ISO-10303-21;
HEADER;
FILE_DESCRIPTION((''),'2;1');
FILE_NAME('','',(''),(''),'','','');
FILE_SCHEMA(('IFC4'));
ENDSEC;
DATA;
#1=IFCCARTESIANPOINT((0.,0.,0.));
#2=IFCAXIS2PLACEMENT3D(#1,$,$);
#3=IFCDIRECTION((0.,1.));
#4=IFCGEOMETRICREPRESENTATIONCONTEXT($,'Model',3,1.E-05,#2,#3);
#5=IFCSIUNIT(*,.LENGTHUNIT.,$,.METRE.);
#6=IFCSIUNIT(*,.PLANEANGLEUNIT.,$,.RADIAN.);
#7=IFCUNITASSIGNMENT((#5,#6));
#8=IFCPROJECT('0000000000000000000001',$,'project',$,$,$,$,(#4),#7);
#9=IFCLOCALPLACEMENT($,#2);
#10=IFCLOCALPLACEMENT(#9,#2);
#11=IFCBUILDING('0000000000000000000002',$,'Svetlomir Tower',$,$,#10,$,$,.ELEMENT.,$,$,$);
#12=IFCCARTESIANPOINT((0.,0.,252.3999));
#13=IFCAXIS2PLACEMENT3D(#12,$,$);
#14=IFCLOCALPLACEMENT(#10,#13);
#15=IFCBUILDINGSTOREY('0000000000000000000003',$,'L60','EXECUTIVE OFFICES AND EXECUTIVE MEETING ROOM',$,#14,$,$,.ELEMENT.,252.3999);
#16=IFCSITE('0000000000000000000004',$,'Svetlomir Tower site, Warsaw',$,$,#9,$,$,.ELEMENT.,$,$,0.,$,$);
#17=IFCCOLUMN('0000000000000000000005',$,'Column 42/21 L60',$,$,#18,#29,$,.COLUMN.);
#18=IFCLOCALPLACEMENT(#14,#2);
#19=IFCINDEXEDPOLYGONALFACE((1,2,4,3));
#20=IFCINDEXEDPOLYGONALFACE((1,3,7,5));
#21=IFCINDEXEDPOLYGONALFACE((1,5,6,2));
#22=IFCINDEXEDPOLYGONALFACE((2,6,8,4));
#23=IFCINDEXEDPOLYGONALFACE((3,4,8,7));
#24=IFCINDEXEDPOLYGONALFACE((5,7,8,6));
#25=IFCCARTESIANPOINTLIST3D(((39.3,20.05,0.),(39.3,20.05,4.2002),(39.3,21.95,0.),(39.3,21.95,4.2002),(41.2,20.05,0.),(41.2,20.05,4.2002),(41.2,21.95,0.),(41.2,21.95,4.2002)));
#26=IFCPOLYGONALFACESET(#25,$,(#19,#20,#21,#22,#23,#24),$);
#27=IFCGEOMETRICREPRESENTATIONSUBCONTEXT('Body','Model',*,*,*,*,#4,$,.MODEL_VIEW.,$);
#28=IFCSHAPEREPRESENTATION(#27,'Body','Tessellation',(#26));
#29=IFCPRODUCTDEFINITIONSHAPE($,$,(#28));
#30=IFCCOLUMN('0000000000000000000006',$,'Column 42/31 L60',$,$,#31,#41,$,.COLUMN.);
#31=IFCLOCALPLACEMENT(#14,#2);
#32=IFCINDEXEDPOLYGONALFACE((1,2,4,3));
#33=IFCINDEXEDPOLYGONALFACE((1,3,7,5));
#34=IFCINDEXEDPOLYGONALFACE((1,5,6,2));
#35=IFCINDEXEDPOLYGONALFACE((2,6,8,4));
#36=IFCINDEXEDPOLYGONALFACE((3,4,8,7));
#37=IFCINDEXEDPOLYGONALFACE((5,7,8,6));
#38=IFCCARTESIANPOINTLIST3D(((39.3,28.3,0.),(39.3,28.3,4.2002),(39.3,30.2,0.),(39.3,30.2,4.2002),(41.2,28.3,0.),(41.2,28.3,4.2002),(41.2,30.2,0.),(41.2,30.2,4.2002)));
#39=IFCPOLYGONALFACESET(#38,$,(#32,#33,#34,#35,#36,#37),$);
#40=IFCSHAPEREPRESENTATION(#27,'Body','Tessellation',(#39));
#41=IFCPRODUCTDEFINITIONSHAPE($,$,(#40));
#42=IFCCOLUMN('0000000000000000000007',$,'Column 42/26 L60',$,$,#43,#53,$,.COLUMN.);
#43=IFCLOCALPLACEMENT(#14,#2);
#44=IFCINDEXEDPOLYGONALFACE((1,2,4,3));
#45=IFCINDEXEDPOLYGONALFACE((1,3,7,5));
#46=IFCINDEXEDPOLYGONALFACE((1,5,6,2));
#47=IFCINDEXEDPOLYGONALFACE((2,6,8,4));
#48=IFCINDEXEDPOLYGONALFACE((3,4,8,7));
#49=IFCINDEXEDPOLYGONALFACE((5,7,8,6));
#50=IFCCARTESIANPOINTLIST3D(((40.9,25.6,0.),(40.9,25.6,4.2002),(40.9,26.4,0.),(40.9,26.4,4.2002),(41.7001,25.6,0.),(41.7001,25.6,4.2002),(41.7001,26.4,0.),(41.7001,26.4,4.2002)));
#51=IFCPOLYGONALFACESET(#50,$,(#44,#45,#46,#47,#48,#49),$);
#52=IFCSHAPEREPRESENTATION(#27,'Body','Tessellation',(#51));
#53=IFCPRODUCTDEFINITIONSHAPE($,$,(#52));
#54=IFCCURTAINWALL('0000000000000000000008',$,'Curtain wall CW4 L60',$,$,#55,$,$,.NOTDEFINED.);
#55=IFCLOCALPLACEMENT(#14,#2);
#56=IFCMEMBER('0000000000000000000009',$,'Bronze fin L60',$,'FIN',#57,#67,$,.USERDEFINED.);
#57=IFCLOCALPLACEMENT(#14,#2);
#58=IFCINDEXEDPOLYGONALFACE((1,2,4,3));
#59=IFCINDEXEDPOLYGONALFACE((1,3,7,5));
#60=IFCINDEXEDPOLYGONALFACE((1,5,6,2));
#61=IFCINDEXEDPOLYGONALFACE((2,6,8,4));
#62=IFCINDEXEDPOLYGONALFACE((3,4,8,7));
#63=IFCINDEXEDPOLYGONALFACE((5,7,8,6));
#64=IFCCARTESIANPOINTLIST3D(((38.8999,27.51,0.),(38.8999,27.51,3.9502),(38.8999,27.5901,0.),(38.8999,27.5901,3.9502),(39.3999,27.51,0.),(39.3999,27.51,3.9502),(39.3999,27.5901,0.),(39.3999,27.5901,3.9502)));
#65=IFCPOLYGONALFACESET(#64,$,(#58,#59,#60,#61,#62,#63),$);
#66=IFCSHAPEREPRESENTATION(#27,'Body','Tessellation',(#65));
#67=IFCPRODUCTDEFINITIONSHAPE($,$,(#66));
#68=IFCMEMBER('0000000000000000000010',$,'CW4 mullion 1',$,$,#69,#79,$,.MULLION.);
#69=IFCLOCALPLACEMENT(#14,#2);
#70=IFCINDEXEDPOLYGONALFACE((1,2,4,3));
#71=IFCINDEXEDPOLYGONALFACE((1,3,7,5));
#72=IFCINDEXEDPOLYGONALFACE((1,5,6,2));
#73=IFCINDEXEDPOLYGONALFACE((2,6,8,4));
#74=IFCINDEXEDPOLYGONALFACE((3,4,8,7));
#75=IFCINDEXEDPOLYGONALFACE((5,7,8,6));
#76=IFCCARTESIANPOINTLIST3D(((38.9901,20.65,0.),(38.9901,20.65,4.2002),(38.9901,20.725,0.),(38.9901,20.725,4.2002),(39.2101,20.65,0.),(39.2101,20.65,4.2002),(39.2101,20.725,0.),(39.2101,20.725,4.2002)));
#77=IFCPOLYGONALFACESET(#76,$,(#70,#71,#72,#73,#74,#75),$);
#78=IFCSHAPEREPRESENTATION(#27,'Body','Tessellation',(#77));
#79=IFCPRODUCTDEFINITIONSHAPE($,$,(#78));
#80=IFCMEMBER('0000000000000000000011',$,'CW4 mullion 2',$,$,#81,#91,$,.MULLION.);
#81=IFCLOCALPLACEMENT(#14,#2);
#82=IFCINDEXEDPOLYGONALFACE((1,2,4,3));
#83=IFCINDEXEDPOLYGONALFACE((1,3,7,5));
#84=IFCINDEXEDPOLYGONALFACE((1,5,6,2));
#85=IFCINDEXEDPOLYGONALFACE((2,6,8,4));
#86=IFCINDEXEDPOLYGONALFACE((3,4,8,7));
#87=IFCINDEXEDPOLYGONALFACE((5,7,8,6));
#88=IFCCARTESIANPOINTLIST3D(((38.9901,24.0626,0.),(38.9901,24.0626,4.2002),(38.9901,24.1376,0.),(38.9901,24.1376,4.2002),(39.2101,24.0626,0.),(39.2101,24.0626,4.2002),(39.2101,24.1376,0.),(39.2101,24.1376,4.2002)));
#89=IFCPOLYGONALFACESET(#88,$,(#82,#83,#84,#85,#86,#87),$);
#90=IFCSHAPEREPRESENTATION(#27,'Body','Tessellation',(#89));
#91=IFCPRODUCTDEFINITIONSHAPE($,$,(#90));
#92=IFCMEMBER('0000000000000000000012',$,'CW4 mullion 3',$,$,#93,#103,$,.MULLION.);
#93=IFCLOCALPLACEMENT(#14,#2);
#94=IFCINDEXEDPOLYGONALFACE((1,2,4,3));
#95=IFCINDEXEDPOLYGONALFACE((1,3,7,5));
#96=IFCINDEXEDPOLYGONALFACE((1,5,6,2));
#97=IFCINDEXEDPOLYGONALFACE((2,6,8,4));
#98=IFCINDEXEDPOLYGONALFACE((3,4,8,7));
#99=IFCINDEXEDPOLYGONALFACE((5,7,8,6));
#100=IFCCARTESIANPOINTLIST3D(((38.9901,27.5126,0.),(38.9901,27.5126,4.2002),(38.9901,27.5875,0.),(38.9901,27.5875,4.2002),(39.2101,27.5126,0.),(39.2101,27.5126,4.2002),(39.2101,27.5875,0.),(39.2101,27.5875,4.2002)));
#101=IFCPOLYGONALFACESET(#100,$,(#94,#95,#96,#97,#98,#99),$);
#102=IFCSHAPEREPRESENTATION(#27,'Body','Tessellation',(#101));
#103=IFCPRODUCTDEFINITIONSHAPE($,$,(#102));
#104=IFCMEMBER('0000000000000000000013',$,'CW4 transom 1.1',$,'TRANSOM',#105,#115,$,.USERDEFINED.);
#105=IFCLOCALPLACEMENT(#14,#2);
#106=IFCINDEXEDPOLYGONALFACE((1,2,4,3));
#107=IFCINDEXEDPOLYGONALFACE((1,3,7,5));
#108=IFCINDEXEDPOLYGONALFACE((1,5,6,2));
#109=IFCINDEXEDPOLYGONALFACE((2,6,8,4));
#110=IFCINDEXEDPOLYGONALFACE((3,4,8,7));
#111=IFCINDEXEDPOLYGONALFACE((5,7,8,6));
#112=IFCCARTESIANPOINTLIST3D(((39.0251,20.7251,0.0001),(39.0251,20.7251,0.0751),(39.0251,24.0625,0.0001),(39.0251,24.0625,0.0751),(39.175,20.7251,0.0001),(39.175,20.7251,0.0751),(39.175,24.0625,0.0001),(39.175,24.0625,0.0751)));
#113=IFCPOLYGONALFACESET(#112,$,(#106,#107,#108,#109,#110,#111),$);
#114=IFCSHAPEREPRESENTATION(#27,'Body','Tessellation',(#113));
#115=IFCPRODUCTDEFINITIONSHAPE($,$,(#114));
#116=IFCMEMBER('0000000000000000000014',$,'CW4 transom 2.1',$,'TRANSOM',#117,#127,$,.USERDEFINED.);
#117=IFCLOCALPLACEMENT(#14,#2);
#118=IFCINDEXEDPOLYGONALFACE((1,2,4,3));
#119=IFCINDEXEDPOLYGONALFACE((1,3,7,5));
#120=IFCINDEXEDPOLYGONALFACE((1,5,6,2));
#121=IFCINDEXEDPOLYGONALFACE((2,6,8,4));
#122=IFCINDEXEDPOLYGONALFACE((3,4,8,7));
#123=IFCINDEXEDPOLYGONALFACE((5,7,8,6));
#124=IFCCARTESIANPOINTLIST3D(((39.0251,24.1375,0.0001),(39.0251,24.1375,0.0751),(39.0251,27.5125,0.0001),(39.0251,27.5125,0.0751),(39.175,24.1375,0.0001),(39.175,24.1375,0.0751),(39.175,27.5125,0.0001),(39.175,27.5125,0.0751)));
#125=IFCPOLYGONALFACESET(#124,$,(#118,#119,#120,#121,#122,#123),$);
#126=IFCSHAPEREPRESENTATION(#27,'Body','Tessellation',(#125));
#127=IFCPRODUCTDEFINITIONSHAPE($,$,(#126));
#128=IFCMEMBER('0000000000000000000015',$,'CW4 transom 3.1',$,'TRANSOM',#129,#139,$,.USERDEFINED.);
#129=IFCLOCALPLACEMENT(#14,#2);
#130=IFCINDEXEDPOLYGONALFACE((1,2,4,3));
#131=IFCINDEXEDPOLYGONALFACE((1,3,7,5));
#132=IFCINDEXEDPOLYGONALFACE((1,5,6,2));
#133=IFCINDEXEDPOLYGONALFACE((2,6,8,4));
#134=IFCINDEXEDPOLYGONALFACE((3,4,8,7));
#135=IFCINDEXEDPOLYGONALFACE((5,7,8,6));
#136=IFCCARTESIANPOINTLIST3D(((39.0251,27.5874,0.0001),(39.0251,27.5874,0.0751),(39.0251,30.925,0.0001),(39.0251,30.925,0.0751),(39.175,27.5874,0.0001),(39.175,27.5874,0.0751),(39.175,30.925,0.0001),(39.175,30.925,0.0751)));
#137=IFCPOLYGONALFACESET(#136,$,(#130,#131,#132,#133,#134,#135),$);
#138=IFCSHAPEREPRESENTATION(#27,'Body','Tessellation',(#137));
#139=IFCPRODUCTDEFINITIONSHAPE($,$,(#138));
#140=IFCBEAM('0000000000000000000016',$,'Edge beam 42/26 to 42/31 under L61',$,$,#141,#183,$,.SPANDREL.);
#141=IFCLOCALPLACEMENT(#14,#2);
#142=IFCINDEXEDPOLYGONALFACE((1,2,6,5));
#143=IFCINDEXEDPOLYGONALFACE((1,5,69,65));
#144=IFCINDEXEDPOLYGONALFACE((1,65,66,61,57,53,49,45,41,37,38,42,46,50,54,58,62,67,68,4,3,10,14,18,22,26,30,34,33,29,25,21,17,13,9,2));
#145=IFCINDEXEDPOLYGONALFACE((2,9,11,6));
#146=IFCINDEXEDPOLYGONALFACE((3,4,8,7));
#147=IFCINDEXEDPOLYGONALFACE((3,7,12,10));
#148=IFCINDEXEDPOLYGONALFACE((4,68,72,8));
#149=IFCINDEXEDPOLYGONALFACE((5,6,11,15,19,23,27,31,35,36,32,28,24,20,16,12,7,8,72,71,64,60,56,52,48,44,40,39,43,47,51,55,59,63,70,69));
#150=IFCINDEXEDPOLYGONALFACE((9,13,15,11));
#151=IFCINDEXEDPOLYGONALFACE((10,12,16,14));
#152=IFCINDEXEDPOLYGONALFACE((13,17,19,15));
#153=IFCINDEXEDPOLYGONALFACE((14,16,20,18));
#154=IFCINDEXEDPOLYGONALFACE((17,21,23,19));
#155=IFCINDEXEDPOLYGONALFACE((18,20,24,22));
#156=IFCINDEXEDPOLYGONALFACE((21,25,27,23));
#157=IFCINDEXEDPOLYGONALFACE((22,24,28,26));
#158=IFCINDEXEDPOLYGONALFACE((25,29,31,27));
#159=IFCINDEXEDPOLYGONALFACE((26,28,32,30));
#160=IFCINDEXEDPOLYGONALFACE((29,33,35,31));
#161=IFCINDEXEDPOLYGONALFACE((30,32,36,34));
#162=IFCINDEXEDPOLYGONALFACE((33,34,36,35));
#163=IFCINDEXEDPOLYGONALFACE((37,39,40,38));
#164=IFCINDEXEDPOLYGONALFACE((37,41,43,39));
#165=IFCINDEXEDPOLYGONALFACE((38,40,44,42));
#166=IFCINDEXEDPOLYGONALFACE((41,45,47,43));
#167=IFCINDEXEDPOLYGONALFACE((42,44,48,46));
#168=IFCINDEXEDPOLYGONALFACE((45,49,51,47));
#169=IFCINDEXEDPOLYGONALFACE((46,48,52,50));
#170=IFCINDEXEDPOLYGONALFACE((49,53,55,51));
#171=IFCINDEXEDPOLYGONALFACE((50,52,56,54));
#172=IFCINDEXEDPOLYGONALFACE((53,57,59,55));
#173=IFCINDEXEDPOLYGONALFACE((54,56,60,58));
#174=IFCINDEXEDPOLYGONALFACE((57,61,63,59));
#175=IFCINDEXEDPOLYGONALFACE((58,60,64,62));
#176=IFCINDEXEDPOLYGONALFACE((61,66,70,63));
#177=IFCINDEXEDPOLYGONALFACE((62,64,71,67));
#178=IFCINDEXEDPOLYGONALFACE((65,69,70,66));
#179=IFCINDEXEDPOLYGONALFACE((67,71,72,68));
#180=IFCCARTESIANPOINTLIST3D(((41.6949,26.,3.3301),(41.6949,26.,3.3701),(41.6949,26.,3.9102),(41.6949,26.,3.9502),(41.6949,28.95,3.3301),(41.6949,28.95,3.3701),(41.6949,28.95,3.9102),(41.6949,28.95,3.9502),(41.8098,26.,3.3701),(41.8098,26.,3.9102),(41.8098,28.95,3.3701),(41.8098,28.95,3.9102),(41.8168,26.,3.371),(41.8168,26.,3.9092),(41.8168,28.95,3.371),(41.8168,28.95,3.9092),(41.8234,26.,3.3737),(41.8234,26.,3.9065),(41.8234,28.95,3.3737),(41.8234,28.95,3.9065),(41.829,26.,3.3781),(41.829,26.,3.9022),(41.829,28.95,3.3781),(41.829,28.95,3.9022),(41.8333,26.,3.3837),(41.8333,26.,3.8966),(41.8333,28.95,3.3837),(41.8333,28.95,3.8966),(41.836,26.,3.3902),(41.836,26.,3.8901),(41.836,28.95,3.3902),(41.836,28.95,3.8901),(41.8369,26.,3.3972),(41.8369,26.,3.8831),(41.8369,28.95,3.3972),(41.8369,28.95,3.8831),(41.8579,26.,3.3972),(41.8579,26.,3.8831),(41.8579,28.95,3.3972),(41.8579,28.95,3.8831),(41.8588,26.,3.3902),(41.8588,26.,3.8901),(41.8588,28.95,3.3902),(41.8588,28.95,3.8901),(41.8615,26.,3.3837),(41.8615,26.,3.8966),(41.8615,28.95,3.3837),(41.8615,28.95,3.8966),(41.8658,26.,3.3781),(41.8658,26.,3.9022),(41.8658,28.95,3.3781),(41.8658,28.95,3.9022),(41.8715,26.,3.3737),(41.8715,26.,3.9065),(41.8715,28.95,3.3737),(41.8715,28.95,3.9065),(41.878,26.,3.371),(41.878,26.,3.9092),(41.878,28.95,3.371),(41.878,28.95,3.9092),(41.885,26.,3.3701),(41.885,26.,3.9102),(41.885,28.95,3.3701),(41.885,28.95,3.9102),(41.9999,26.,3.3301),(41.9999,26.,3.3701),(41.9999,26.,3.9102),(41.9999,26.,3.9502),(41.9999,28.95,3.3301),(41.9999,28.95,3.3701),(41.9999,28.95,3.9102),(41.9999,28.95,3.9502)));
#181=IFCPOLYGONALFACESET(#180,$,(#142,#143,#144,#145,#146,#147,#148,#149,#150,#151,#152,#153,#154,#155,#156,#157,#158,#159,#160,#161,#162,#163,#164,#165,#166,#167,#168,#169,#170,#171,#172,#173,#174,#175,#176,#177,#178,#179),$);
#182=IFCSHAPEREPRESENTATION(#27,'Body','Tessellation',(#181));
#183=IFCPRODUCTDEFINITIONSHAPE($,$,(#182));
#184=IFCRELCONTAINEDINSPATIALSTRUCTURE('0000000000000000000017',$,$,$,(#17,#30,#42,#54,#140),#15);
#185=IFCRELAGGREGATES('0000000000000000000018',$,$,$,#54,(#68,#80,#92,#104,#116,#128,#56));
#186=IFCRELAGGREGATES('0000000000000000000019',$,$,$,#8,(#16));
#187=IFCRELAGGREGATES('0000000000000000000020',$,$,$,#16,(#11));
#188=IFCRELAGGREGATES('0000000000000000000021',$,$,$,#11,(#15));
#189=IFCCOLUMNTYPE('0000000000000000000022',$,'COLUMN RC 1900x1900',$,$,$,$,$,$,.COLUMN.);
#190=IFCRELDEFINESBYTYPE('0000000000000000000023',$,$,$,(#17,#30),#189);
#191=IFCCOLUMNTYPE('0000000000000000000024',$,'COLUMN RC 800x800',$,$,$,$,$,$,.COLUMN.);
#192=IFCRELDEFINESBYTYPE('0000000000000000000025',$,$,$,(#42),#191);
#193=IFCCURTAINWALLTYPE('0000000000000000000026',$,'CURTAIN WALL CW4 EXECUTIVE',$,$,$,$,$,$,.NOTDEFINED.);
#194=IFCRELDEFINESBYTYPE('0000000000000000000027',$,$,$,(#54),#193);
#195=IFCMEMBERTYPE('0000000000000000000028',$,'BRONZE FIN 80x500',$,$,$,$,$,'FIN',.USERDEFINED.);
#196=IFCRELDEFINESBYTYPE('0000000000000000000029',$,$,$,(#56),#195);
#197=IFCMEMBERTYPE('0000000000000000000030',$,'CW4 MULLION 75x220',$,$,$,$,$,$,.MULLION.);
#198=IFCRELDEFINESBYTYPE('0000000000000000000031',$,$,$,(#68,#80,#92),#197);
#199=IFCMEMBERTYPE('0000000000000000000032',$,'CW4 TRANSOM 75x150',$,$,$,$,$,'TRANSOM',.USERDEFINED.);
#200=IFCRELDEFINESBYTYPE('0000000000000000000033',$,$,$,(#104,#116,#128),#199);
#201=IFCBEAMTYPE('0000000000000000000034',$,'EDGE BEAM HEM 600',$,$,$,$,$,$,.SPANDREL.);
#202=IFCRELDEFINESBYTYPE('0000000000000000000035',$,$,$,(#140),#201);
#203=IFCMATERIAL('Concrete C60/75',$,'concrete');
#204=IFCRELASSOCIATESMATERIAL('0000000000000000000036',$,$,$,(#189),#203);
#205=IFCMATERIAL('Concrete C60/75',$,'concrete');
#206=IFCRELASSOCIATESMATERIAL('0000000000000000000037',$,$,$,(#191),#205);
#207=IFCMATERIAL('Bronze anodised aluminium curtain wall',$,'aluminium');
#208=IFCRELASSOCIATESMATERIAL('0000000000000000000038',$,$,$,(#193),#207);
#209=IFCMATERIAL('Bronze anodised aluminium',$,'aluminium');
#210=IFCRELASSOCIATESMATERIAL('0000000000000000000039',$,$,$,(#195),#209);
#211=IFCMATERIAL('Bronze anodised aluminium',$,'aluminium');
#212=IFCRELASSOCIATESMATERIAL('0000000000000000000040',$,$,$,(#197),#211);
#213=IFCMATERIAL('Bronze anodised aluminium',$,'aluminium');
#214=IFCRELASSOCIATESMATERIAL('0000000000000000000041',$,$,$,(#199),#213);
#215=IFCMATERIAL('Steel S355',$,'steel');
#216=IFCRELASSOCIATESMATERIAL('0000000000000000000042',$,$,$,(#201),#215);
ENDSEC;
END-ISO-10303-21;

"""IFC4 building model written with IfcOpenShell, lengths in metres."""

from ifc_helpers import new_model, si_unit, direction, frame, origin, origin_2d, place, context, subcontext, project, spatial, rectangle, i_section, extrude, material, material_profile, profile_set, type_object, element, aggregate, save


model = new_model("IFC4")

# Units and contexts
model_context = context("Model", 3, precision=1e-05, world=origin(), true_north=direction((0.0, 1.0)))
body_context = subcontext(model_context, "Body", "Model", "MODEL_VIEW")
ifc_project = project(units=[si_unit("LENGTHUNIT", "METRE"), si_unit("PLANEANGLEUNIT", "RADIAN")], contexts=[model_context])

# Site, building, storey
site_placement = place(None, origin())
site = spatial("IfcSite", under=ifc_project, at=site_placement, Name="Svetlomir Tower site, Warsaw", CompositionType="ELEMENT", RefElevation=0.0)
building_placement = place(site_placement, origin())
building = spatial("IfcBuilding", under=site, at=building_placement, Name="Svetlomir Tower", CompositionType="ELEMENT")
storey_placement = place(building_placement, frame((0.0, 0.0, 252.3999)))
storey = spatial("IfcBuildingStorey", under=building, at=storey_placement, Name="L60", Description="EXECUTIVE OFFICES AND EXECUTIVE MEETING ROOM", CompositionType="ELEMENT", Elevation=252.3999)

# Columns
ifc_material_1 = material(Name="Concrete C60/75", Category="concrete")
ifc_material_profile_1 = material_profile(ifc_material_1, rectangle(XDim=1.8999, YDim=1.8999, at=origin_2d()), Name="RC 1900x1900")
ifc_profile_set_1 = profile_set([ifc_material_profile_1], Name="Concrete C60/75")
column_type_1 = type_object("IfcColumnType", Name="COLUMN RC 1900x1900", PredefinedType="COLUMN", material=ifc_profile_set_1)
for number, where, z_axis, x_axis, name in (
    (1, (40.25, 21.0, 0.0), (0.0, 0.0, 1.0), (1.0, 0.0, 0.0), "Column 42/21 L60"),
    (2, (40.25, 29.25, 0.0), (0.0, 0.0, 1.0), (1.0, 0.0, 0.0), "Column 42/31 L60"),
):
    element("IfcColumn", number, at=place(storey_placement, frame(where, z_axis=z_axis, x_axis=x_axis)), inside=storey, type_object=column_type_1, Name=name, PredefinedType="COLUMN", context=body_context, shape_type="SweptSolid", body=[
        extrude(rectangle(XDim=1.8999, YDim=1.8999, at=origin_2d()), origin(), (0.0, 0.0, 1.0), 4.2002),
    ])
ifc_material_2 = material(Name="Concrete C60/75", Category="concrete")
ifc_material_profile_2 = material_profile(ifc_material_2, rectangle(XDim=0.8, YDim=0.8, at=origin_2d()), Name="RC 800x800")
ifc_profile_set_2 = profile_set([ifc_material_profile_2], Name="Concrete C60/75")
column_type_2 = type_object("IfcColumnType", Name="COLUMN RC 800x800", PredefinedType="COLUMN", material=ifc_profile_set_2)
column_placement = place(storey_placement, frame((41.3, 26.0, 0.0), z_axis=(0.0, 0.0, 1.0), x_axis=(1.0, 0.0, 0.0)))
element("IfcColumn", 3, at=column_placement, inside=storey, type_object=column_type_2, Name="Column 42/26 L60", PredefinedType="COLUMN", context=body_context, shape_type="SweptSolid", body=[
    extrude(rectangle(XDim=0.8, YDim=0.8, at=origin_2d()), origin(), (0.0, 0.0, 1.0), 4.2002),
])

# Curtain wall, members
ifc_material_3 = material(Name="Bronze anodised aluminium curtain wall", Category="aluminium")
curtain_wall_type = type_object("IfcCurtainWallType", Name="CURTAIN WALL CW4 EXECUTIVE", PredefinedType="NOTDEFINED", material=ifc_material_3)
curtain_wall_placement = place(storey_placement, origin())
curtain_wall = element("IfcCurtainWall", 4, at=curtain_wall_placement, inside=storey, type_object=curtain_wall_type, Name="Curtain wall CW4 L60", PredefinedType="NOTDEFINED")
ifc_material_4 = material(Name="Bronze anodised aluminium", Category="aluminium")
ifc_material_profile_3 = material_profile(ifc_material_4, rectangle(XDim=0.0801, YDim=0.5, at=origin_2d()), Name="FIN 80x500")
ifc_profile_set_3 = profile_set([ifc_material_profile_3], Name="Bronze anodised aluminium 6063-T6")
member_type_1 = type_object("IfcMemberType", Name="BRONZE FIN 80x500", ElementType="FIN", PredefinedType="USERDEFINED", material=ifc_profile_set_3)
member_1_placement = place(storey_placement, frame((39.1499, 27.55, 0.0), z_axis=(0.0, 0.0, 1.0), x_axis=(0.0, 1.0, 0.0)))
member_1 = element("IfcMember", 5, at=member_1_placement, type_object=member_type_1, Name="Bronze fin L60", ObjectType="FIN", PredefinedType="USERDEFINED", context=body_context, shape_type="SweptSolid", body=[
    extrude(rectangle(XDim=0.0801, YDim=0.5, at=origin_2d()), origin(), (0.0, 0.0, 1.0), 3.9502),
])
ifc_material_5 = material(Name="Bronze anodised aluminium", Category="aluminium")
ifc_material_profile_4 = material_profile(ifc_material_5, rectangle(XDim=0.075, YDim=0.22, at=origin_2d()), Name="AL 75x220")
ifc_profile_set_4 = profile_set([ifc_material_profile_4], Name="Bronze anodised aluminium 6063-T6")
member_type_2 = type_object("IfcMemberType", Name="CW4 MULLION 75x220", PredefinedType="MULLION", material=ifc_profile_set_4)
member_2_placement = place(storey_placement, frame((39.1001, 20.6875, 0.0), z_axis=(0.0, 0.0, 1.0), x_axis=(0.0, 1.0, 0.0)))
member_2 = element("IfcMember", 6, at=member_2_placement, type_object=member_type_2, Name="CW4 mullion 1", PredefinedType="MULLION", context=body_context, shape_type="SweptSolid", body=[
    extrude(rectangle(XDim=0.075, YDim=0.22, at=origin_2d()), origin(), (0.0, 0.0, 1.0), 4.2002),
])
member_3_placement = place(storey_placement, frame((39.1001, 24.1001, 0.0), z_axis=(0.0, 0.0, 1.0), x_axis=(0.0, 1.0, 0.0)))
member_3 = element("IfcMember", 7, at=member_3_placement, type_object=member_type_2, Name="CW4 mullion 2", PredefinedType="MULLION", context=body_context, shape_type="SweptSolid", body=[
    extrude(rectangle(XDim=0.075, YDim=0.22, at=origin_2d()), origin(), (0.0, 0.0, 1.0), 4.2002),
])
member_4_placement = place(storey_placement, frame((39.1001, 27.55, 0.0), z_axis=(0.0, 0.0, 1.0), x_axis=(0.0, 1.0, 0.0)))
member_4 = element("IfcMember", 8, at=member_4_placement, type_object=member_type_2, Name="CW4 mullion 3", PredefinedType="MULLION", context=body_context, shape_type="SweptSolid", body=[
    extrude(rectangle(XDim=0.075, YDim=0.22, at=origin_2d()), origin(), (0.0, 0.0, 1.0), 4.2002),
])
ifc_material_6 = material(Name="Bronze anodised aluminium", Category="aluminium")
ifc_material_profile_5 = material_profile(ifc_material_6, rectangle(XDim=0.1499, YDim=0.075, at=origin_2d()), Name="AL 150x75")
ifc_profile_set_5 = profile_set([ifc_material_profile_5], Name="Bronze anodised aluminium 6063-T6")
member_type_3 = type_object("IfcMemberType", Name="CW4 TRANSOM 75x150", ElementType="TRANSOM", PredefinedType="USERDEFINED", material=ifc_profile_set_5)
member_5_placement = place(storey_placement, frame((39.1001, 20.7251, 0.0376), z_axis=(0.0, 1.0, 0.0), x_axis=(-1.0, 0.0, 0.0)))
member_5 = element("IfcMember", 9, at=member_5_placement, type_object=member_type_3, Name="CW4 transom 1.1", ObjectType="TRANSOM", PredefinedType="USERDEFINED", context=body_context, shape_type="SweptSolid", body=[
    extrude(rectangle(XDim=0.1499, YDim=0.075, at=origin_2d()), origin(), (0.0, 0.0, 1.0), 3.3374),
])
member_6_placement = place(storey_placement, frame((39.1001, 24.1375, 0.0376), z_axis=(0.0, 1.0, 0.0), x_axis=(-1.0, 0.0, 0.0)))
member_6 = element("IfcMember", 10, at=member_6_placement, type_object=member_type_3, Name="CW4 transom 2.1", ObjectType="TRANSOM", PredefinedType="USERDEFINED", context=body_context, shape_type="SweptSolid", body=[
    extrude(rectangle(XDim=0.1499, YDim=0.075, at=origin_2d()), origin(), (0.0, 0.0, 1.0), 3.375),
])
member_7_placement = place(storey_placement, frame((39.1001, 27.5874, 0.0376), z_axis=(0.0, 1.0, 0.0), x_axis=(-1.0, 0.0, 0.0)))
member_7 = element("IfcMember", 11, at=member_7_placement, type_object=member_type_3, Name="CW4 transom 3.1", ObjectType="TRANSOM", PredefinedType="USERDEFINED", context=body_context, shape_type="SweptSolid", body=[
    extrude(rectangle(XDim=0.1499, YDim=0.075, at=origin_2d()), origin(), (0.0, 0.0, 1.0), 3.3376),
])

# Beam
ifc_material_7 = material(Name="Steel S355", Category="steel")
ifc_material_profile_6 = material_profile(ifc_material_7, i_section(OverallWidth=0.3049, OverallDepth=0.6201, WebThickness=0.021, FlangeThickness=0.04, FilletRadius=0.0271, at=origin_2d()), Name="HEM 600")
ifc_profile_set_6 = profile_set([ifc_material_profile_6], Name="Steel S355")
beam_type_1 = type_object("IfcBeamType", Name="EDGE BEAM HEM 600", PredefinedType="SPANDREL", material=ifc_profile_set_6)
beam_1_placement = place(storey_placement, frame((41.8474, 26.0, 3.6401), z_axis=(0.0, 1.0, 0.0), x_axis=(-1.0, 0.0, 0.0)))
element("IfcBeam", 12, at=beam_1_placement, inside=storey, type_object=beam_type_1, Name="Edge beam 42/26 to 42/31 under L61", PredefinedType="SPANDREL", context=body_context, shape_type="SweptSolid", body=[
    extrude(i_section(OverallWidth=0.3049, OverallDepth=0.6201, WebThickness=0.021, FlangeThickness=0.04, FilletRadius=0.0271, at=origin_2d()), origin(), (0.0, 0.0, 1.0), 2.95),
])

aggregate(curtain_wall, [member_2, member_3, member_4, member_5, member_6, member_7, member_1])

save(model, "model.ifc")
